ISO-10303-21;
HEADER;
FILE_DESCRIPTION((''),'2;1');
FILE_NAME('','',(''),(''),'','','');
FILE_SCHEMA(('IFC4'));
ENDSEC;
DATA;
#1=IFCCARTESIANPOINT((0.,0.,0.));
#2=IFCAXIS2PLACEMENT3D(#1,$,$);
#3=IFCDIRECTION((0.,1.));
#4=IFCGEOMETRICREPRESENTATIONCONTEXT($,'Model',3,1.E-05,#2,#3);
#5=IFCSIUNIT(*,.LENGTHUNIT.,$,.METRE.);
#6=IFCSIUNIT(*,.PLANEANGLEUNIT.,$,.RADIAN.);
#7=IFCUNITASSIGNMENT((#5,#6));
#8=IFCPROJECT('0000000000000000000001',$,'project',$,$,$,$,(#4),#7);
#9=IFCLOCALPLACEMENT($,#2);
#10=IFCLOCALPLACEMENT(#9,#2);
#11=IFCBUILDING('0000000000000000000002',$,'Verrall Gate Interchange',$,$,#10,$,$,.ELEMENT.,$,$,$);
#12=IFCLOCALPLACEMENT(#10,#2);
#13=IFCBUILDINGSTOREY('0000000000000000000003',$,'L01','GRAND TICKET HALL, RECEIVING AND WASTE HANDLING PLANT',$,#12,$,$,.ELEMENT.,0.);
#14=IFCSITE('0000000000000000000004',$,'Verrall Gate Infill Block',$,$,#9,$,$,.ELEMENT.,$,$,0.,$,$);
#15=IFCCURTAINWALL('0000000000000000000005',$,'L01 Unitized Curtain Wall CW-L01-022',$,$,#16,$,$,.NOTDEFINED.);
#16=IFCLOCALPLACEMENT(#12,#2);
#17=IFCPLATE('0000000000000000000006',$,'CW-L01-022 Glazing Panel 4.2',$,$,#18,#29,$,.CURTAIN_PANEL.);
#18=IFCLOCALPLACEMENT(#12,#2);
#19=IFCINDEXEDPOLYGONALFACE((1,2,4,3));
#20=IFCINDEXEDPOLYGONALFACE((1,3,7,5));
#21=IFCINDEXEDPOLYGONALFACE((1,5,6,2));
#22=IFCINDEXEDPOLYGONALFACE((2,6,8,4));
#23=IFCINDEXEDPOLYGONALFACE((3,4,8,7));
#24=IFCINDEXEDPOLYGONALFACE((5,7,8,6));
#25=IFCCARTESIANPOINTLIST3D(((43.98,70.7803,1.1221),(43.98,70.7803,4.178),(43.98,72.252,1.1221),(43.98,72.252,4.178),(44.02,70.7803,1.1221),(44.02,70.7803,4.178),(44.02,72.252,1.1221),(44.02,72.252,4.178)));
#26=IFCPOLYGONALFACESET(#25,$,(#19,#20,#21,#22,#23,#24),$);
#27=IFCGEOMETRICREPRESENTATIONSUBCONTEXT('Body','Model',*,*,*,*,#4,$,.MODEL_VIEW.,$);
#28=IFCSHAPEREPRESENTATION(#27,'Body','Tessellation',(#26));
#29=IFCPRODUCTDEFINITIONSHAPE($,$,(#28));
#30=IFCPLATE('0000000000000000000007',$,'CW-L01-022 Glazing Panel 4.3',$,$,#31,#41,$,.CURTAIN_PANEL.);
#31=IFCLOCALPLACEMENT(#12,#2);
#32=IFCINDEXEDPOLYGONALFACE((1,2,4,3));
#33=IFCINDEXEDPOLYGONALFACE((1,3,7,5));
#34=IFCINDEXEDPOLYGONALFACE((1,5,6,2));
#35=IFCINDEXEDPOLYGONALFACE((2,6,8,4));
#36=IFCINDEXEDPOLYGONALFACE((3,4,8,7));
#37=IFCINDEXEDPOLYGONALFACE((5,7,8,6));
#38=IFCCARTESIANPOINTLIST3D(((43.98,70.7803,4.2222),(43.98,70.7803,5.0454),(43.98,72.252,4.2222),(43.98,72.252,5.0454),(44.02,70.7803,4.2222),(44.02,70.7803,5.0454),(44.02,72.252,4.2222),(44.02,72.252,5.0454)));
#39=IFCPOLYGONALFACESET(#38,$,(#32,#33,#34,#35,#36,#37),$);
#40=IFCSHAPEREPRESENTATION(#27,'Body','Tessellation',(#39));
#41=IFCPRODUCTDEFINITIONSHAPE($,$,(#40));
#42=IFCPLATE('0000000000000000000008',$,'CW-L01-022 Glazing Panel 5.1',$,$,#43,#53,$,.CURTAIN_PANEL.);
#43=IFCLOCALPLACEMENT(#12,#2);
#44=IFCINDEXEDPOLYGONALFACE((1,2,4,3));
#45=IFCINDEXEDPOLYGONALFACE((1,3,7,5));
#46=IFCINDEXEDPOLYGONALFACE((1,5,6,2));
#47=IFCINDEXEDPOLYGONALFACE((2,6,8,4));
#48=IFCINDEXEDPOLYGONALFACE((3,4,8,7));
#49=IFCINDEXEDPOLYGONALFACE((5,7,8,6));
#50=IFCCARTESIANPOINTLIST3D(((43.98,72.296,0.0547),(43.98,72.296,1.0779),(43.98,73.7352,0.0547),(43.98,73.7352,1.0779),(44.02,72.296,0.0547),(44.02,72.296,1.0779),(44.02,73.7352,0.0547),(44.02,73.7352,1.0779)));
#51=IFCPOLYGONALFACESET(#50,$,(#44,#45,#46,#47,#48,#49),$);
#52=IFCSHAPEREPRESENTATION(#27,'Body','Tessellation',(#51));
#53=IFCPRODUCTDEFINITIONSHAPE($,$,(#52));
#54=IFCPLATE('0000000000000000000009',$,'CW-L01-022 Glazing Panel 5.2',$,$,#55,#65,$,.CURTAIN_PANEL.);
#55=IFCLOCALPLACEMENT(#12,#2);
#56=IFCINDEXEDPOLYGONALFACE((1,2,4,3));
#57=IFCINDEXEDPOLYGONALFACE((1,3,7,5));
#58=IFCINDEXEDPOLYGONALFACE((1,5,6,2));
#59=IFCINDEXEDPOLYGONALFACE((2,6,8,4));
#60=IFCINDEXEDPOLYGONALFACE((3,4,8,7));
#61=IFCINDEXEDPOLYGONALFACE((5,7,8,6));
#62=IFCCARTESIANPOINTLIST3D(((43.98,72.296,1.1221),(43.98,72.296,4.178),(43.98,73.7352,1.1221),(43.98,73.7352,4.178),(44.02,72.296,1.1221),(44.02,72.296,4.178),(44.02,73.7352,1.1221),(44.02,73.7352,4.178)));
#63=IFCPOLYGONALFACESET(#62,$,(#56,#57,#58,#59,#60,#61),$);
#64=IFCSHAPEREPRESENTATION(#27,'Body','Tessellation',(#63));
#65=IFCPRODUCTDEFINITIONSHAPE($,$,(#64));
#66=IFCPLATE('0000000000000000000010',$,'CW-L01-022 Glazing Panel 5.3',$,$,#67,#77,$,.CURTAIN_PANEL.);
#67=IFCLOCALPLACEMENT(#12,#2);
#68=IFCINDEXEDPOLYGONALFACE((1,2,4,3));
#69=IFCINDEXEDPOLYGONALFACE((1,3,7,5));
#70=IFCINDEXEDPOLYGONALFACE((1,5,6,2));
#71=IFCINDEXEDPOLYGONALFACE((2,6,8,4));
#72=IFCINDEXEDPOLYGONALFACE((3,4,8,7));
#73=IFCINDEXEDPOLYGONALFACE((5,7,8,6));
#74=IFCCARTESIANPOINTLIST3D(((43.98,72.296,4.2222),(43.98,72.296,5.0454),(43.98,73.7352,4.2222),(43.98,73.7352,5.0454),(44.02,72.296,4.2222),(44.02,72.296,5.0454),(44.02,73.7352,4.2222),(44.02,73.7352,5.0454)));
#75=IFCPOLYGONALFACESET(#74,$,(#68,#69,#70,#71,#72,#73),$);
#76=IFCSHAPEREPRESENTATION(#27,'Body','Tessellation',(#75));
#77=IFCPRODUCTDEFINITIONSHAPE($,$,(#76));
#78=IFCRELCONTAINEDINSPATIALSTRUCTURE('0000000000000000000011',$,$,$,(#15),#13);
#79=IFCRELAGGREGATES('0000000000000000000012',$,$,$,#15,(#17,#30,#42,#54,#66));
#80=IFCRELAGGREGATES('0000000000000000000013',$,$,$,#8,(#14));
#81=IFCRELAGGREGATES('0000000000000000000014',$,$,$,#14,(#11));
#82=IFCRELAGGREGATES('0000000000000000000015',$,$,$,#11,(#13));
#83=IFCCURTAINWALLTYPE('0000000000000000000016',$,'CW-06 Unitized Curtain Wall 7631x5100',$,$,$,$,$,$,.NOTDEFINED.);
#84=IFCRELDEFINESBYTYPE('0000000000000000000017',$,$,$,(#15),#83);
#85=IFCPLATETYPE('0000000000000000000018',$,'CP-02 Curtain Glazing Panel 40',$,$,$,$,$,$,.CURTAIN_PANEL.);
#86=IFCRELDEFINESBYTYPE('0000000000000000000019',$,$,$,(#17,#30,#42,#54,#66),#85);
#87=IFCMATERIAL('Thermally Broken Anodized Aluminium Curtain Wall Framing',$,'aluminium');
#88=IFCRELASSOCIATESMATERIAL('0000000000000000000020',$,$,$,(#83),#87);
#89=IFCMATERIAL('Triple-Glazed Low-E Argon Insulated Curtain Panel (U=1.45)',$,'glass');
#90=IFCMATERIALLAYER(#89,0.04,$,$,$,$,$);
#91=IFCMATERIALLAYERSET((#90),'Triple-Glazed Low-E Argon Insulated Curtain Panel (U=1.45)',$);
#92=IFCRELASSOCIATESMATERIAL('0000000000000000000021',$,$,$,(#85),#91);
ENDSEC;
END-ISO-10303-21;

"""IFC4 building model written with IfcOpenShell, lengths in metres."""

from ifc_helpers import new_model, si_unit, direction, frame, origin, origin_2d, place, context, subcontext, project, spatial, rectangle, extrude, material, layer, layer_set, type_object, element, aggregate, save


model = new_model("IFC4")

# Units and contexts
model_context = context("Model", 3, precision=1e-05, world=origin(), true_north=direction((0.0, 1.0)))
body_context = subcontext(model_context, "Body", "Model", "MODEL_VIEW")
ifc_project = project(units=[si_unit("LENGTHUNIT", "METRE"), si_unit("PLANEANGLEUNIT", "RADIAN")], contexts=[model_context])

# Site, building, storey
site_placement = place(None, origin())
site = spatial("IfcSite", under=ifc_project, at=site_placement, Name="Verrall Gate Infill Block", CompositionType="ELEMENT", RefElevation=0.0)
building_placement = place(site_placement, origin())
building = spatial("IfcBuilding", under=site, at=building_placement, Name="Verrall Gate Interchange", CompositionType="ELEMENT")
storey_placement = place(building_placement, origin())
storey = spatial("IfcBuildingStorey", under=building, at=storey_placement, Name="L01", Description="GRAND TICKET HALL, RECEIVING AND WASTE HANDLING PLANT", CompositionType="ELEMENT", Elevation=0.0)

# Curtain wall, plates
ifc_material_1 = material(Name="Thermally Broken Anodized Aluminium Curtain Wall Framing", Category="aluminium")
curtain_wall_type = type_object("IfcCurtainWallType", Name="CW-06 Unitized Curtain Wall 7631x5100", PredefinedType="NOTDEFINED", material=ifc_material_1)
curtain_wall_placement = place(storey_placement, origin())
curtain_wall = element("IfcCurtainWall", 1, at=curtain_wall_placement, inside=storey, type_object=curtain_wall_type, Name="L01 Unitized Curtain Wall CW-L01-022", PredefinedType="NOTDEFINED")
ifc_material_2 = material(Name="Triple-Glazed Low-E Argon Insulated Curtain Panel (U=1.45)", Category="glass")
ifc_layer = layer(ifc_material_2, 0.04)
ifc_layer_set = layer_set([ifc_layer], Name="Triple-Glazed Low-E Argon Insulated Curtain Panel (U=1.45)")
plate_type = type_object("IfcPlateType", Name="CP-02 Curtain Glazing Panel 40", PredefinedType="CURTAIN_PANEL", material=ifc_layer_set)
plate_1_placement = place(storey_placement, frame((44.0, 71.5161, 1.1221), z_axis=(0.0, 0.0, 1.0), x_axis=(0.0, 1.0, 0.0)))
plate_1 = element("IfcPlate", 2, at=plate_1_placement, type_object=plate_type, Name="CW-L01-022 Glazing Panel 4.2", PredefinedType="CURTAIN_PANEL", context=body_context, shape_type="SweptSolid", body=[
    extrude(rectangle(XDim=1.4717, YDim=0.04, at=origin_2d()), origin(), (0.0, 0.0, 1.0), 3.0559),
])
plate_2_placement = place(storey_placement, frame((44.0, 71.5161, 4.2222), z_axis=(0.0, 0.0, 1.0), x_axis=(0.0, 1.0, 0.0)))
plate_2 = element("IfcPlate", 3, at=plate_2_placement, type_object=plate_type, Name="CW-L01-022 Glazing Panel 4.3", PredefinedType="CURTAIN_PANEL", context=body_context, shape_type="SweptSolid", body=[
    extrude(rectangle(XDim=1.4717, YDim=0.04, at=origin_2d()), origin(), (0.0, 0.0, 1.0), 0.8232),
])
plate_3_placement = place(storey_placement, frame((44.0, 73.0156, 0.0547), z_axis=(0.0, 0.0, 1.0), x_axis=(0.0, 1.0, 0.0)))
plate_3 = element("IfcPlate", 4, at=plate_3_placement, type_object=plate_type, Name="CW-L01-022 Glazing Panel 5.1", PredefinedType="CURTAIN_PANEL", context=body_context, shape_type="SweptSolid", body=[
    extrude(rectangle(XDim=1.4392, YDim=0.04, at=origin_2d()), origin(), (0.0, 0.0, 1.0), 1.0232),
])
plate_4_placement = place(storey_placement, frame((44.0, 73.0156, 1.1221), z_axis=(0.0, 0.0, 1.0), x_axis=(0.0, 1.0, 0.0)))
plate_4 = element("IfcPlate", 5, at=plate_4_placement, type_object=plate_type, Name="CW-L01-022 Glazing Panel 5.2", PredefinedType="CURTAIN_PANEL", context=body_context, shape_type="SweptSolid", body=[
    extrude(rectangle(XDim=1.4392, YDim=0.04, at=origin_2d()), origin(), (0.0, 0.0, 1.0), 3.0559),
])
plate_5_placement = place(storey_placement, frame((44.0, 73.0156, 4.2222), z_axis=(0.0, 0.0, 1.0), x_axis=(0.0, 1.0, 0.0)))
plate_5 = element("IfcPlate", 6, at=plate_5_placement, type_object=plate_type, Name="CW-L01-022 Glazing Panel 5.3", PredefinedType="CURTAIN_PANEL", context=body_context, shape_type="SweptSolid", body=[
    extrude(rectangle(XDim=1.4392, YDim=0.04, at=origin_2d()), origin(), (0.0, 0.0, 1.0), 0.8232),
])
aggregate(curtain_wall, [plate_1, plate_2, plate_3, plate_4, plate_5])

save(model, "model.ifc")
